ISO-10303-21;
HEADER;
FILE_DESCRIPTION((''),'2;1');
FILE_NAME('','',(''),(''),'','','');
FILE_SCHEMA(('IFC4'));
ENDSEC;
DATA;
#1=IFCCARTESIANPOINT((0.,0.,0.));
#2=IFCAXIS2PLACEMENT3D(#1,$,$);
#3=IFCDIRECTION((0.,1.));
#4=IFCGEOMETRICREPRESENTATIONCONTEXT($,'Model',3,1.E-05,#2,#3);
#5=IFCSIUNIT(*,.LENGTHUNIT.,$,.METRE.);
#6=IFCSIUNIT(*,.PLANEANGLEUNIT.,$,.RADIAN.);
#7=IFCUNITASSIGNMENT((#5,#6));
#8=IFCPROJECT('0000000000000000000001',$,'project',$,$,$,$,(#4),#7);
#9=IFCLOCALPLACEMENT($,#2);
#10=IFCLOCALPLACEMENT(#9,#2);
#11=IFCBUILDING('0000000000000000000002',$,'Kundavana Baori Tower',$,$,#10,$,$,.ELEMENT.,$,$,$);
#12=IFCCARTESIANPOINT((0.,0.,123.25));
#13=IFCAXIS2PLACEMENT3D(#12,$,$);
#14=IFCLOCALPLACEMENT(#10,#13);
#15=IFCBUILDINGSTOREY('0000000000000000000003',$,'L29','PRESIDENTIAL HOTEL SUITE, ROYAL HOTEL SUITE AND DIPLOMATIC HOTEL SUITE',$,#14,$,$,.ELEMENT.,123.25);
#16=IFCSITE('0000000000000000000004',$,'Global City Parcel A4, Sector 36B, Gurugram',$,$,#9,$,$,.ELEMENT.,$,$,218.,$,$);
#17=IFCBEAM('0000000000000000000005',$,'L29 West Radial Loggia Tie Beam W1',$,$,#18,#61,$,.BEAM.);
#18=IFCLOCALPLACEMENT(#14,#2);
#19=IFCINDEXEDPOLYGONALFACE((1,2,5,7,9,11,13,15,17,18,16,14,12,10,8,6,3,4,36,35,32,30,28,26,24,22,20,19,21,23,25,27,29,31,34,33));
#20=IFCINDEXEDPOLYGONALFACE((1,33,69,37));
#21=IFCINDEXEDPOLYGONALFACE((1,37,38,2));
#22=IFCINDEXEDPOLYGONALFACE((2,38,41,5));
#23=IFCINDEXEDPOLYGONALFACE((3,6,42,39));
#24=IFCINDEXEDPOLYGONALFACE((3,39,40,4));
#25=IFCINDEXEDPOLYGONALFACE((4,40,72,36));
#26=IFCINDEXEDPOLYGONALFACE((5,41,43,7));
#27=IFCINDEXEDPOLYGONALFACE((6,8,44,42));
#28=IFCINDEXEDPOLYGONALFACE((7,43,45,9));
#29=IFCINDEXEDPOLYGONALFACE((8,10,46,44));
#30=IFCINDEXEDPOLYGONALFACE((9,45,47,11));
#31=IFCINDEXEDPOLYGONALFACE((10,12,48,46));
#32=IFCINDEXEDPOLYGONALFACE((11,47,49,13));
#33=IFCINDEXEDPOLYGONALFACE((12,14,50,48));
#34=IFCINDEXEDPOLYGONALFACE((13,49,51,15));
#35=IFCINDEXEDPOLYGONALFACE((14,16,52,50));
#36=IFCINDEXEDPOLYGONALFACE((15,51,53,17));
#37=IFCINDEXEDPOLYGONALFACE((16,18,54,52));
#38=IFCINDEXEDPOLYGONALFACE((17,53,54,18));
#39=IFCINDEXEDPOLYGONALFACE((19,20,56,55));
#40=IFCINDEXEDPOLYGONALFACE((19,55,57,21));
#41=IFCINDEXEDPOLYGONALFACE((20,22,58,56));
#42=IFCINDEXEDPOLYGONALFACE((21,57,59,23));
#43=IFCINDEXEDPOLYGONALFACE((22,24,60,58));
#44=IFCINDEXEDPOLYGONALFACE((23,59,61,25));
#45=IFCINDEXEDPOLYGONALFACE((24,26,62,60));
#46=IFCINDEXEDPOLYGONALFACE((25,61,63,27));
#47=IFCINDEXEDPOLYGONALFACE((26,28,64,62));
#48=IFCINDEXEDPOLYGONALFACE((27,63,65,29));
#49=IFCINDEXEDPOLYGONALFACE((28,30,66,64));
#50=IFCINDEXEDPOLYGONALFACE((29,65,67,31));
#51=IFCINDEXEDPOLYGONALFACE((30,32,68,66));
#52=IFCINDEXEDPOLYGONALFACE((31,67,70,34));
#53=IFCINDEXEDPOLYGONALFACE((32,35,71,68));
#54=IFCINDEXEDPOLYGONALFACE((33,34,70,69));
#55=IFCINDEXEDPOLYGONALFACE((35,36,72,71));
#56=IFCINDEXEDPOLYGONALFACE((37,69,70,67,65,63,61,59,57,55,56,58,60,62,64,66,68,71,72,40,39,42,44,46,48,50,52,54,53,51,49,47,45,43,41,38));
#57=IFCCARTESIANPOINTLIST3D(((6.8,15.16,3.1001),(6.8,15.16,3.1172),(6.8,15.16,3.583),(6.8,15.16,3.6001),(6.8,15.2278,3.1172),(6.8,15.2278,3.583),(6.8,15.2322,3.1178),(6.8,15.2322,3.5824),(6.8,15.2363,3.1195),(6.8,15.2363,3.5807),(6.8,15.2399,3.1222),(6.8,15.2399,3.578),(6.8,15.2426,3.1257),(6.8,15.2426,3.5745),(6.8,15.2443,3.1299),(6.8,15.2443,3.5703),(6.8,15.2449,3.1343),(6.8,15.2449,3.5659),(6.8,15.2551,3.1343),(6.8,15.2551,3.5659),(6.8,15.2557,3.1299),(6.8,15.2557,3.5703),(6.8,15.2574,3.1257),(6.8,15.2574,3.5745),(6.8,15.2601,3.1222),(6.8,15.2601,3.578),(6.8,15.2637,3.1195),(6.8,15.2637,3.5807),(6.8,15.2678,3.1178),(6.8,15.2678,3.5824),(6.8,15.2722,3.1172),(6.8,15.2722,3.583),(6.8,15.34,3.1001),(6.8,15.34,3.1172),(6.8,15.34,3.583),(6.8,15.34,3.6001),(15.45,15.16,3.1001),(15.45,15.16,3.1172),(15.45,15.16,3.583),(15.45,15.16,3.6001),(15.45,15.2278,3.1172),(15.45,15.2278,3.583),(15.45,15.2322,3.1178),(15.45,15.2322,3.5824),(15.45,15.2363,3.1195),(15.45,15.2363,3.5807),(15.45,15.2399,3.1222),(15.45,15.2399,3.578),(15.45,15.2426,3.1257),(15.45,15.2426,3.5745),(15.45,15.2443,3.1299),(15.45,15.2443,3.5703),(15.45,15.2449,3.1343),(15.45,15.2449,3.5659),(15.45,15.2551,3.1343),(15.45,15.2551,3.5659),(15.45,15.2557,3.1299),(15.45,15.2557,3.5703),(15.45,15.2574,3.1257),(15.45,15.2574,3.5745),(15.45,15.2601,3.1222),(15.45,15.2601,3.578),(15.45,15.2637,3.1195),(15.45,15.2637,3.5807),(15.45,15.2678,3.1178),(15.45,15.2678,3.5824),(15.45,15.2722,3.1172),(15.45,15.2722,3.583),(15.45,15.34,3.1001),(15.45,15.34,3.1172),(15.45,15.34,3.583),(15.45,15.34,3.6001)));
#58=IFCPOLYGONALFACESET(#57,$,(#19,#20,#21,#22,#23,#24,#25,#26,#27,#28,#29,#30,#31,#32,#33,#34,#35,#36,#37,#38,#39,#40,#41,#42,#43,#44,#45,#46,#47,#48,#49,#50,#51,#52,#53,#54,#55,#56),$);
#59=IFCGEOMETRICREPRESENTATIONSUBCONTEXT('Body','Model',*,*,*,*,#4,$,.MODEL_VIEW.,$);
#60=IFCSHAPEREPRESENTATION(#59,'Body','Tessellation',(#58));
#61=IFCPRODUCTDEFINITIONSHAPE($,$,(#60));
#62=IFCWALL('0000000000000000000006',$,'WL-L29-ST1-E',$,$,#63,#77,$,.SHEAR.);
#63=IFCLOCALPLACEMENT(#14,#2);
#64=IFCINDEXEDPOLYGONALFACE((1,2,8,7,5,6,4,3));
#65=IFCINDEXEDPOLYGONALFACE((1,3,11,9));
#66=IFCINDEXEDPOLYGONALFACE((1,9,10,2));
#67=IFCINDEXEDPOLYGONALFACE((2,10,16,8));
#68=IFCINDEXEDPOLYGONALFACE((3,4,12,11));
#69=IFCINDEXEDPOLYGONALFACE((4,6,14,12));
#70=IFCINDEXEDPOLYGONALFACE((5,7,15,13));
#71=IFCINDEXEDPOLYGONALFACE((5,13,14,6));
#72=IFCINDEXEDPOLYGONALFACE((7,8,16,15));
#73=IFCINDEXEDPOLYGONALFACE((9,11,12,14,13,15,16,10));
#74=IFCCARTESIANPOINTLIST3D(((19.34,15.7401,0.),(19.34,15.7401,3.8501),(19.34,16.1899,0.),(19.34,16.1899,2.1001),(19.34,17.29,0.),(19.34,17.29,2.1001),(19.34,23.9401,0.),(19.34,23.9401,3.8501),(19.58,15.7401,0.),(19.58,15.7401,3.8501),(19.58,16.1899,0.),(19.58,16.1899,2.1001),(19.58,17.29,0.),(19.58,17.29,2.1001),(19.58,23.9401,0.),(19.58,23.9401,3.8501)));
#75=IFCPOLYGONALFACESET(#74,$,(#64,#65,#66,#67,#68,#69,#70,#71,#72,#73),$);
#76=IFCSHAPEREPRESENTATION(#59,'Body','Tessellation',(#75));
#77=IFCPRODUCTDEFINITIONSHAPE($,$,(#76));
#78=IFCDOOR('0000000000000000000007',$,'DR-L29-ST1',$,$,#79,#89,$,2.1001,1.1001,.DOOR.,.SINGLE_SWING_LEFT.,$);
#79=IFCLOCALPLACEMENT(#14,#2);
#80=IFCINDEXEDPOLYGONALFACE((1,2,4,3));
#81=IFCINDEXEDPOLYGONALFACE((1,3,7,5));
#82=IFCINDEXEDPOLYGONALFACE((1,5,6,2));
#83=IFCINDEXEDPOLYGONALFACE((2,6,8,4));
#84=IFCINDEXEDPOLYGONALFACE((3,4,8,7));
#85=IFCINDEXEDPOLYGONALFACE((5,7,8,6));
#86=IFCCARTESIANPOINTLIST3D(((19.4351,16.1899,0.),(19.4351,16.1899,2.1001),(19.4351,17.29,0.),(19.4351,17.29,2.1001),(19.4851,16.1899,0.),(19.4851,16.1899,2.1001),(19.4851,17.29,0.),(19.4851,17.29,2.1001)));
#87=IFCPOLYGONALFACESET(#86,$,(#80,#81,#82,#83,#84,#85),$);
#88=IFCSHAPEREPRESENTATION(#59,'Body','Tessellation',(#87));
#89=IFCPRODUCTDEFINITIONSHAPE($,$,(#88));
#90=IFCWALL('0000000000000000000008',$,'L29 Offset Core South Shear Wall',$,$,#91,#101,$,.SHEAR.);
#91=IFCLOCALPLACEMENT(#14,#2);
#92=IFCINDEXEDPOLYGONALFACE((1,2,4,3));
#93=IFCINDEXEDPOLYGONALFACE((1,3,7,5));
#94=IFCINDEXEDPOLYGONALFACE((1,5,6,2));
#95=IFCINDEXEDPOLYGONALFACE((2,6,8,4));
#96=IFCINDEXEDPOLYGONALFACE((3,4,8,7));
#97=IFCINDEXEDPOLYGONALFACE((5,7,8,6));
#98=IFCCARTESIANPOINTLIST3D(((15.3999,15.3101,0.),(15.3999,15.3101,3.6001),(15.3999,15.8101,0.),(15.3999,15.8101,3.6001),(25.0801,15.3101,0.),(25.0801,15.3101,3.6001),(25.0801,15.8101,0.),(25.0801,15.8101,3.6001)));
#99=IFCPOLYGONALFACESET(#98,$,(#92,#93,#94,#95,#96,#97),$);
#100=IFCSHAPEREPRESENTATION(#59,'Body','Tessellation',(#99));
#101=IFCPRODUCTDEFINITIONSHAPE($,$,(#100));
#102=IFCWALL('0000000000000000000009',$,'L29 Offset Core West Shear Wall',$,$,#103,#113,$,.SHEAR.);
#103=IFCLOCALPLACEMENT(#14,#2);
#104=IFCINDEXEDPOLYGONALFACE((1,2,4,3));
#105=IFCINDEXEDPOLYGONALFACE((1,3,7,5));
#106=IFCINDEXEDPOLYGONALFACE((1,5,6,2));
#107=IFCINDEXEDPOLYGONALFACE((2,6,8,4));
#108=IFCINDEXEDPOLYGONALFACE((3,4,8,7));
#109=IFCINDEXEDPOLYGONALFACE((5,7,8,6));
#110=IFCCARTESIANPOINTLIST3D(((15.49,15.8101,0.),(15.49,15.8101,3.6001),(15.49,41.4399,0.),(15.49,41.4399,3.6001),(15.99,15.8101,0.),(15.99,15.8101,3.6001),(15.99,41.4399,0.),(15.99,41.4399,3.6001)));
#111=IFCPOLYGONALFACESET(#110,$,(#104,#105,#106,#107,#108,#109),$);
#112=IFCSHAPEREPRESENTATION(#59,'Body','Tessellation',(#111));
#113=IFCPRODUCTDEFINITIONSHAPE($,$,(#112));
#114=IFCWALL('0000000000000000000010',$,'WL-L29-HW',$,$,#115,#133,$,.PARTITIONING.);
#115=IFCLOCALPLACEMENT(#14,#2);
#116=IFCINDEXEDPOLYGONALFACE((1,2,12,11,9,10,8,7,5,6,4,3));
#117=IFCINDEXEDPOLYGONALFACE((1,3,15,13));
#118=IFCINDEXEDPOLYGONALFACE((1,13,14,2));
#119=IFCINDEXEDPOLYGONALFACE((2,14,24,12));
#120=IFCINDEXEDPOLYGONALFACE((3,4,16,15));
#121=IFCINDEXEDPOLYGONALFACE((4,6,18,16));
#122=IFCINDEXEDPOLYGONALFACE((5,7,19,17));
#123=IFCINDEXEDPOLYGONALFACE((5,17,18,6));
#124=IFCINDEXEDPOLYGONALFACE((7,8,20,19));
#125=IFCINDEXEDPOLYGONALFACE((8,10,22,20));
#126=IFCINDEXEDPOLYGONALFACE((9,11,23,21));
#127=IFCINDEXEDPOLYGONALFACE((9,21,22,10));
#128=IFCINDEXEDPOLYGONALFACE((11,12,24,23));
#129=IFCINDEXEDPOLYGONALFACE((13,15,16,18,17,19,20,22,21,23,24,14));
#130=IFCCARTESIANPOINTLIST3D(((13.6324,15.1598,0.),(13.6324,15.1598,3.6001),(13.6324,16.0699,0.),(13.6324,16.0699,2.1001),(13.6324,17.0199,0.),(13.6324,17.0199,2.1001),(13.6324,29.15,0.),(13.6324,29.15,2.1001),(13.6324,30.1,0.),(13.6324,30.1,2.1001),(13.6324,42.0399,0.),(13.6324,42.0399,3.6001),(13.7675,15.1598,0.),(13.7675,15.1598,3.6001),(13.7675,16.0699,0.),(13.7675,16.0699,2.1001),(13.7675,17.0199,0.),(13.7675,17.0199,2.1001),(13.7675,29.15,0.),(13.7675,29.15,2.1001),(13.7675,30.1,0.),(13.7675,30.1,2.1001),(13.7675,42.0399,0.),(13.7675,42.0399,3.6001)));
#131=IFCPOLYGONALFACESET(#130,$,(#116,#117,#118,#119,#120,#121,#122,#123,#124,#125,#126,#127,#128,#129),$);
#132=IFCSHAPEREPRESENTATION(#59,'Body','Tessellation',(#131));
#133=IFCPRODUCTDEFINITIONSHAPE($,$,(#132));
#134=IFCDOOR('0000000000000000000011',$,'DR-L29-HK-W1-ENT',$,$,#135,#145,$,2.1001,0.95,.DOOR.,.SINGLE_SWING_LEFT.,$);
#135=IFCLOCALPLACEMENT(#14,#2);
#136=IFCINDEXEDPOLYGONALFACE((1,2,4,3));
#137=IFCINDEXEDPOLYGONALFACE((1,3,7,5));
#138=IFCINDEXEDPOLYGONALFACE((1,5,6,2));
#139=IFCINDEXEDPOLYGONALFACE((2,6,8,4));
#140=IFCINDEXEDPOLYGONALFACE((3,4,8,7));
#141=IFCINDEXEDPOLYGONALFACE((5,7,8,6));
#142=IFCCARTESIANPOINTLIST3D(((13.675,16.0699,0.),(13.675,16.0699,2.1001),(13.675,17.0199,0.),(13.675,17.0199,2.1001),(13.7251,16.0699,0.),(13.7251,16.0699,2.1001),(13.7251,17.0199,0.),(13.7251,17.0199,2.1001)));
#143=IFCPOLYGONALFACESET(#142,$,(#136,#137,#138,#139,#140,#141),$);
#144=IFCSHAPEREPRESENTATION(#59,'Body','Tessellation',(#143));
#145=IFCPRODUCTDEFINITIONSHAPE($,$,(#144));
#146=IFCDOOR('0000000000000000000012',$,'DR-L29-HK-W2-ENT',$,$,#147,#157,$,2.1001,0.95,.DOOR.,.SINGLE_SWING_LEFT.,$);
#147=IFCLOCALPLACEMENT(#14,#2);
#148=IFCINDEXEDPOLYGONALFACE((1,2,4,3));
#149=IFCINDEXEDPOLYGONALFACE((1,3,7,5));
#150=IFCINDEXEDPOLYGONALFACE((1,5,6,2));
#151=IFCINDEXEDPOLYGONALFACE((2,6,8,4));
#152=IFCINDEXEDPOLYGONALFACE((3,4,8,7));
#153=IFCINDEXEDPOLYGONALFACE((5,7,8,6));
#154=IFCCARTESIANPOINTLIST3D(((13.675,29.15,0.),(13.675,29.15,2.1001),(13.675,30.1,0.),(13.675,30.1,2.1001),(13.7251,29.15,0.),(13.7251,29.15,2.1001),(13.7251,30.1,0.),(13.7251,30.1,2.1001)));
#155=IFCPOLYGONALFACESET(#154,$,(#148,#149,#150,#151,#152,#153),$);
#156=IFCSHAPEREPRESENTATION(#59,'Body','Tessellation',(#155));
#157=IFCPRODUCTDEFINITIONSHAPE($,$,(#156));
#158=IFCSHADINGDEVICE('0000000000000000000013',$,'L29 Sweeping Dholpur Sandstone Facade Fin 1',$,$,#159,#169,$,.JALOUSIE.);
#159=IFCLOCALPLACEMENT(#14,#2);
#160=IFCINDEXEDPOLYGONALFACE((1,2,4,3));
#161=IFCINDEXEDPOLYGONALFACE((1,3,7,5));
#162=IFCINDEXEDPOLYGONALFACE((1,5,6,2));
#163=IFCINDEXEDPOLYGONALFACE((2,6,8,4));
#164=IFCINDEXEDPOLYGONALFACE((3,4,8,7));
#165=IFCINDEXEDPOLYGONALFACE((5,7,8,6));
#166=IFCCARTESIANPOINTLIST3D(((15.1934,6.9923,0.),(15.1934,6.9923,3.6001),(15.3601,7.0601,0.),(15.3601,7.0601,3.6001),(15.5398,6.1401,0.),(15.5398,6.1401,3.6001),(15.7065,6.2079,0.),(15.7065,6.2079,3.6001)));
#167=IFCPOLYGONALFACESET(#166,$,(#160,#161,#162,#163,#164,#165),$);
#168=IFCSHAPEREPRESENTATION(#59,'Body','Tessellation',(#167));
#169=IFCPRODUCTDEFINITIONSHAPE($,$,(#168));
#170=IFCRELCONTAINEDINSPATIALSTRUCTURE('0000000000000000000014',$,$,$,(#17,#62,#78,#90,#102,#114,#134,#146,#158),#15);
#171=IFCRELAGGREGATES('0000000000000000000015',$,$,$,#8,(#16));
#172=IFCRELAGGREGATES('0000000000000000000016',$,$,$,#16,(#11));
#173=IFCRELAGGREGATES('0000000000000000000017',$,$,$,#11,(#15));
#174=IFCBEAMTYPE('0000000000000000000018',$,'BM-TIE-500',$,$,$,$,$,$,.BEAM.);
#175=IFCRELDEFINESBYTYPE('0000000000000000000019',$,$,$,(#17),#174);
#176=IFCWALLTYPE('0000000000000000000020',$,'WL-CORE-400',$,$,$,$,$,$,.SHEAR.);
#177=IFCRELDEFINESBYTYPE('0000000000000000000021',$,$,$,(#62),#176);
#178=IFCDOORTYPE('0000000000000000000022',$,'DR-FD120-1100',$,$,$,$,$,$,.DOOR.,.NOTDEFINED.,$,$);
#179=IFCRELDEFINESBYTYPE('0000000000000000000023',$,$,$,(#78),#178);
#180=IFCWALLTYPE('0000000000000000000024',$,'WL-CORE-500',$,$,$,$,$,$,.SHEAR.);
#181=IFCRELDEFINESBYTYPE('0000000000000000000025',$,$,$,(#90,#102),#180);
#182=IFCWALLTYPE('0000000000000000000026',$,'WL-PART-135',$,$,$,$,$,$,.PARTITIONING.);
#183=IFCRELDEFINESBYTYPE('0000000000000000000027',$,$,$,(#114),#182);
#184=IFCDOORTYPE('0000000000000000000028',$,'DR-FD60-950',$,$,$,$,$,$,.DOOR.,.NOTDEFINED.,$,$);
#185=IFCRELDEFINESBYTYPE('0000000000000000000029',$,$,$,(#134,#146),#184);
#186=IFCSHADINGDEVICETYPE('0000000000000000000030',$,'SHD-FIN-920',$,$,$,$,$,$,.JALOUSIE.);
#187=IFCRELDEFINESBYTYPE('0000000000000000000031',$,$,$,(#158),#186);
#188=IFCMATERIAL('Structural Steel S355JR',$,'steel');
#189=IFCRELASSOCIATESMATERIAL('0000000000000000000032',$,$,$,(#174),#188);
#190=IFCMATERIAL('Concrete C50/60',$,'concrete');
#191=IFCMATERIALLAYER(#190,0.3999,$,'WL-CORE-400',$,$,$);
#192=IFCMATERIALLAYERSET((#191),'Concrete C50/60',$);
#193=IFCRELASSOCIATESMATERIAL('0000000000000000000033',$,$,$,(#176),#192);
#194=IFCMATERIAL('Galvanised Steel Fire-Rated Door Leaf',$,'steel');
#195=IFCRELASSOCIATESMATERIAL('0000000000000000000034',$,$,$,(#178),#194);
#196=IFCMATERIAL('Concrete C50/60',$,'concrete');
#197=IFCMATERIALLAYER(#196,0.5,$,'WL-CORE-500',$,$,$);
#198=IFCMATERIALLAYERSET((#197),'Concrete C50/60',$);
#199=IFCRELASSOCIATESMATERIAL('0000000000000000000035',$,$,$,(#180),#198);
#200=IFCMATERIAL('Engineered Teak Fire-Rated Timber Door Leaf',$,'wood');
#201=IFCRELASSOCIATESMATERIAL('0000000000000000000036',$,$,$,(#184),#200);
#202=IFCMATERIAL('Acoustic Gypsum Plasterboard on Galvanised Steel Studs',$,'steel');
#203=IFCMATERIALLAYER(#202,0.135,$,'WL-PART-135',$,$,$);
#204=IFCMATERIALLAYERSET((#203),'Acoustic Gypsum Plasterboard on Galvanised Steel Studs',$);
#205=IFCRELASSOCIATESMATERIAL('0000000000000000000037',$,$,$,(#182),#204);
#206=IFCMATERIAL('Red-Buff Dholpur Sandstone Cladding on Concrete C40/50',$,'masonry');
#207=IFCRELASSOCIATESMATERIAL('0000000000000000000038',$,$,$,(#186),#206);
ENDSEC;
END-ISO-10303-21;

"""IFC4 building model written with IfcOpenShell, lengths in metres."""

from ifc_helpers import new_model, si_unit, direction, frame, frame_2d, origin, origin_2d, place, context, subcontext, project, spatial, rectangle, i_section, extrude, material, layer, layer_set, material_profile, profile_set, type_object, element, fill, save


model = new_model("IFC4")

# Units and contexts
model_context = context("Model", 3, precision=1e-05, world=origin(), true_north=direction((0.0, 1.0)))
body_context = subcontext(model_context, "Body", "Model", "MODEL_VIEW")
ifc_project = project(units=[si_unit("LENGTHUNIT", "METRE"), si_unit("PLANEANGLEUNIT", "RADIAN")], contexts=[model_context])

# Site, building, storey
site_placement = place(None, origin())
site = spatial("IfcSite", under=ifc_project, at=site_placement, Name="Global City Parcel A4, Sector 36B, Gurugram", CompositionType="ELEMENT", RefElevation=218.0)
building_placement = place(site_placement, origin())
building = spatial("IfcBuilding", under=site, at=building_placement, Name="Kundavana Baori Tower", CompositionType="ELEMENT")
storey_placement = place(building_placement, frame((0.0, 0.0, 123.25)))
storey = spatial("IfcBuildingStorey", under=building, at=storey_placement, Name="L29", Description="PRESIDENTIAL HOTEL SUITE, ROYAL HOTEL SUITE AND DIPLOMATIC HOTEL SUITE", CompositionType="ELEMENT", Elevation=123.25)

# Beam
ifc_material_1 = material(Name="Structural Steel S355JR", Category="steel")
ifc_material_profile_1 = material_profile(ifc_material_1, i_section(OverallWidth=0.1799, OverallDepth=0.5, WebThickness=0.0103, FlangeThickness=0.0171, FilletRadius=0.0171, at=origin_2d()), Name="ISMB 500")
ifc_profile_set_1 = profile_set([ifc_material_profile_1], Name="Structural Steel S355JR")
beam_type_1 = type_object("IfcBeamType", Name="BM-TIE-500", PredefinedType="BEAM", material=ifc_profile_set_1)
for number, where, z_axis, x_axis, name in (
    (1, (15.45, 15.25, 3.3501), (-1.0, 0.0, 0.0), (0.0, -1.0, 0.0), "L29 West Radial Loggia Tie Beam W1"),
):
    element("IfcBeam", number, at=place(storey_placement, frame(where, z_axis=z_axis, x_axis=x_axis)), inside=storey, type_object=beam_type_1, Name=name, PredefinedType="BEAM", context=body_context, shape_type="SweptSolid", body=[
        extrude(i_section(OverallWidth=0.1799, OverallDepth=0.5, WebThickness=0.0103, FlangeThickness=0.0171, FilletRadius=0.0171, at=origin_2d()), origin(), (0.0, 0.0, 1.0), 8.6499),
    ])

# Wall, opening, door
ifc_material_2 = material(Name="Concrete C50/60", Category="concrete")
ifc_layer_1 = layer(ifc_material_2, 0.3999, Name="WL-CORE-400")
ifc_layer_set_1 = layer_set([ifc_layer_1], Name="Concrete C50/60")
wall_type_1 = type_object("IfcWallType", Name="WL-CORE-400", PredefinedType="SHEAR", material=ifc_layer_set_1)
wall_1_placement = place(storey_placement, frame((19.46, 15.74, 0.0), z_axis=(0.0, 0.0, 1.0), x_axis=(0.0, 1.0, 0.0)))
wall_1 = element("IfcWall", 2, at=wall_1_placement, inside=storey, type_object=wall_type_1, Name="WL-L29-ST1-E", PredefinedType="SHEAR", context=body_context, shape_type="SweptSolid", body=[
    extrude(rectangle(XDim=8.2, YDim=0.24, at=frame_2d((4.1001, 0.0))), origin(), (0.0, 0.0, 1.0), 3.8501),
])
opening_1_placement = place(wall_1_placement, frame((0.45, 0.0, 0.0)))
opening_1 = element("IfcOpeningElement", 3, at=opening_1_placement, cuts=wall_1, PredefinedType="OPENING", context=body_context, shape_type="SweptSolid", body=[
    extrude(rectangle(XDim=1.1001, YDim=2.1001, at=frame_2d((0.55, 1.05))), frame((0.0, 0.1299, 0.0), z_axis=(0.0, -1.0, 0.0), x_axis=(1.0, 0.0, 0.0)), (0.0, 0.0, 1.0), 0.26),
])
ifc_material_3 = material(Name="Galvanised Steel Fire-Rated Door Leaf", Category="steel")
door_type_1 = type_object("IfcDoorType", Name="DR-FD120-1100", OperationType="NOTDEFINED", PredefinedType="DOOR", material=ifc_material_3)
door_1_placement = place(opening_1_placement, origin())
door_1 = element("IfcDoor", 4, at=door_1_placement, inside=storey, type_object=door_type_1, Name="DR-L29-ST1", OperationType="SINGLE_SWING_LEFT", OverallHeight=2.1001, OverallWidth=1.1001, PredefinedType="DOOR", context=body_context, shape_type="SweptSolid", body=[
    extrude(rectangle(XDim=1.1001, YDim=2.1001, at=frame_2d((0.55, 1.05))), frame((0.0, 0.0249, 0.0), z_axis=(0.0, -1.0, 0.0), x_axis=(1.0, 0.0, 0.0)), (0.0, 0.0, 1.0), 0.05),
])
fill(opening_1, door_1)

# Walls
ifc_material_4 = material(Name="Concrete C50/60", Category="concrete")
ifc_layer_2 = layer(ifc_material_4, 0.5, Name="WL-CORE-500")
ifc_layer_set_2 = layer_set([ifc_layer_2], Name="Concrete C50/60")
wall_type_2 = type_object("IfcWallType", Name="WL-CORE-500", PredefinedType="SHEAR", material=ifc_layer_set_2)
wall_2_placement = place(storey_placement, frame((15.3999, 15.5601, 0.0), z_axis=(0.0, 0.0, 1.0), x_axis=(1.0, 0.0, 0.0)))
element("IfcWall", 5, at=wall_2_placement, inside=storey, type_object=wall_type_2, Name="L29 Offset Core South Shear Wall", PredefinedType="SHEAR", context=body_context, shape_type="SweptSolid", body=[
    extrude(rectangle(XDim=9.6802, YDim=0.5, at=frame_2d((4.8401, 0.0))), origin(), (0.0, 0.0, 1.0), 3.6001),
])
wall_3_placement = place(storey_placement, frame((15.74, 15.8101, 0.0), z_axis=(0.0, 0.0, 1.0), x_axis=(0.0, 1.0, 0.0)))
element("IfcWall", 6, at=wall_3_placement, inside=storey, type_object=wall_type_2, Name="L29 Offset Core West Shear Wall", PredefinedType="SHEAR", context=body_context, shape_type="SweptSolid", body=[
    extrude(rectangle(XDim=25.6299, YDim=0.5, at=frame_2d((12.8149, 0.0))), origin(), (0.0, 0.0, 1.0), 3.6001),
])

# Wall, openings, doors
ifc_material_5 = material(Name="Engineered Teak Fire-Rated Timber Door Leaf", Category="wood")
door_type_2 = type_object("IfcDoorType", Name="DR-FD60-950", OperationType="NOTDEFINED", PredefinedType="DOOR", material=ifc_material_5)
ifc_material_6 = material(Name="Acoustic Gypsum Plasterboard on Galvanised Steel Studs", Category="steel")
ifc_layer_3 = layer(ifc_material_6, 0.135, Name="WL-PART-135")
ifc_layer_set_3 = layer_set([ifc_layer_3], Name="Acoustic Gypsum Plasterboard on Galvanised Steel Studs")
wall_type_3 = type_object("IfcWallType", Name="WL-PART-135", PredefinedType="PARTITIONING", material=ifc_layer_set_3)
wall_4_placement = place(storey_placement, frame((13.7, 15.1599, 0.0), z_axis=(0.0, 0.0, 1.0), x_axis=(0.0, 1.0, 0.0)))
wall_4 = element("IfcWall", 7, at=wall_4_placement, inside=storey, type_object=wall_type_3, Name="WL-L29-HW", PredefinedType="PARTITIONING", context=body_context, shape_type="SweptSolid", body=[
    extrude(rectangle(XDim=26.8801, YDim=0.135, at=frame_2d((13.4399, 0.0))), origin(), (0.0, 0.0, 1.0), 3.6001),
])
opening_2_placement = place(wall_4_placement, frame((0.9099, 0.0, 0.0)))
opening_2 = element("IfcOpeningElement", 8, at=opening_2_placement, cuts=wall_4, PredefinedType="OPENING", context=body_context, shape_type="SweptSolid", body=[
    extrude(rectangle(XDim=0.95, YDim=2.1001, at=frame_2d((0.4751, 1.05))), frame((0.0, 0.0776, 0.0), z_axis=(0.0, -1.0, 0.0), x_axis=(1.0, 0.0, 0.0)), (0.0, 0.0, 1.0), 0.155),
])
opening_3_placement = place(wall_4_placement, frame((13.99, 0.0, 0.0)))
opening_3 = element("IfcOpeningElement", 9, at=opening_3_placement, cuts=wall_4, PredefinedType="OPENING", context=body_context, shape_type="SweptSolid", body=[
    extrude(rectangle(XDim=0.95, YDim=2.1001, at=frame_2d((0.4751, 1.05))), frame((0.0, 0.0776, 0.0), z_axis=(0.0, -1.0, 0.0), x_axis=(1.0, 0.0, 0.0)), (0.0, 0.0, 1.0), 0.155),
])
door_2_placement = place(opening_2_placement, origin())
door_2 = element("IfcDoor", 10, at=door_2_placement, inside=storey, type_object=door_type_2, Name="DR-L29-HK-W1-ENT", OperationType="SINGLE_SWING_LEFT", OverallHeight=2.1001, OverallWidth=0.95, PredefinedType="DOOR", context=body_context, shape_type="SweptSolid", body=[
    extrude(rectangle(XDim=0.95, YDim=2.1001, at=frame_2d((0.4751, 1.05))), frame((0.0, 0.0249, 0.0), z_axis=(0.0, -1.0, 0.0), x_axis=(1.0, 0.0, 0.0)), (0.0, 0.0, 1.0), 0.05),
])
fill(opening_2, door_2)
door_3_placement = place(opening_3_placement, origin())
door_3 = element("IfcDoor", 11, at=door_3_placement, inside=storey, type_object=door_type_2, Name="DR-L29-HK-W2-ENT", OperationType="SINGLE_SWING_LEFT", OverallHeight=2.1001, OverallWidth=0.95, PredefinedType="DOOR", context=body_context, shape_type="SweptSolid", body=[
    extrude(rectangle(XDim=0.95, YDim=2.1001, at=frame_2d((0.4751, 1.05))), frame((0.0, 0.0249, 0.0), z_axis=(0.0, -1.0, 0.0), x_axis=(1.0, 0.0, 0.0)), (0.0, 0.0, 1.0), 0.05),
])
fill(opening_3, door_3)

# Shading device
ifc_material_7 = material(Name="Red-Buff Dholpur Sandstone Cladding on Concrete C40/50", Category="masonry")
shading_device_type = type_object("IfcShadingDeviceType", Name="SHD-FIN-920", PredefinedType="JALOUSIE", material=ifc_material_7)
shading_device_placement = place(storey_placement, frame((15.45, 6.6001, 0.0), z_axis=(0.0, 0.0, 1.0), x_axis=(0.926397, 0.376548, 0.0)))
element("IfcShadingDevice", 12, at=shading_device_placement, inside=storey, type_object=shading_device_type, Name="L29 Sweeping Dholpur Sandstone Facade Fin 1", PredefinedType="JALOUSIE", context=body_context, shape_type="SweptSolid", body=[
    extrude(rectangle(XDim=0.1799, YDim=0.9199, at=origin_2d()), origin(), (0.0, 0.0, 1.0), 3.6001),
])

save(model, "model.ifc")
